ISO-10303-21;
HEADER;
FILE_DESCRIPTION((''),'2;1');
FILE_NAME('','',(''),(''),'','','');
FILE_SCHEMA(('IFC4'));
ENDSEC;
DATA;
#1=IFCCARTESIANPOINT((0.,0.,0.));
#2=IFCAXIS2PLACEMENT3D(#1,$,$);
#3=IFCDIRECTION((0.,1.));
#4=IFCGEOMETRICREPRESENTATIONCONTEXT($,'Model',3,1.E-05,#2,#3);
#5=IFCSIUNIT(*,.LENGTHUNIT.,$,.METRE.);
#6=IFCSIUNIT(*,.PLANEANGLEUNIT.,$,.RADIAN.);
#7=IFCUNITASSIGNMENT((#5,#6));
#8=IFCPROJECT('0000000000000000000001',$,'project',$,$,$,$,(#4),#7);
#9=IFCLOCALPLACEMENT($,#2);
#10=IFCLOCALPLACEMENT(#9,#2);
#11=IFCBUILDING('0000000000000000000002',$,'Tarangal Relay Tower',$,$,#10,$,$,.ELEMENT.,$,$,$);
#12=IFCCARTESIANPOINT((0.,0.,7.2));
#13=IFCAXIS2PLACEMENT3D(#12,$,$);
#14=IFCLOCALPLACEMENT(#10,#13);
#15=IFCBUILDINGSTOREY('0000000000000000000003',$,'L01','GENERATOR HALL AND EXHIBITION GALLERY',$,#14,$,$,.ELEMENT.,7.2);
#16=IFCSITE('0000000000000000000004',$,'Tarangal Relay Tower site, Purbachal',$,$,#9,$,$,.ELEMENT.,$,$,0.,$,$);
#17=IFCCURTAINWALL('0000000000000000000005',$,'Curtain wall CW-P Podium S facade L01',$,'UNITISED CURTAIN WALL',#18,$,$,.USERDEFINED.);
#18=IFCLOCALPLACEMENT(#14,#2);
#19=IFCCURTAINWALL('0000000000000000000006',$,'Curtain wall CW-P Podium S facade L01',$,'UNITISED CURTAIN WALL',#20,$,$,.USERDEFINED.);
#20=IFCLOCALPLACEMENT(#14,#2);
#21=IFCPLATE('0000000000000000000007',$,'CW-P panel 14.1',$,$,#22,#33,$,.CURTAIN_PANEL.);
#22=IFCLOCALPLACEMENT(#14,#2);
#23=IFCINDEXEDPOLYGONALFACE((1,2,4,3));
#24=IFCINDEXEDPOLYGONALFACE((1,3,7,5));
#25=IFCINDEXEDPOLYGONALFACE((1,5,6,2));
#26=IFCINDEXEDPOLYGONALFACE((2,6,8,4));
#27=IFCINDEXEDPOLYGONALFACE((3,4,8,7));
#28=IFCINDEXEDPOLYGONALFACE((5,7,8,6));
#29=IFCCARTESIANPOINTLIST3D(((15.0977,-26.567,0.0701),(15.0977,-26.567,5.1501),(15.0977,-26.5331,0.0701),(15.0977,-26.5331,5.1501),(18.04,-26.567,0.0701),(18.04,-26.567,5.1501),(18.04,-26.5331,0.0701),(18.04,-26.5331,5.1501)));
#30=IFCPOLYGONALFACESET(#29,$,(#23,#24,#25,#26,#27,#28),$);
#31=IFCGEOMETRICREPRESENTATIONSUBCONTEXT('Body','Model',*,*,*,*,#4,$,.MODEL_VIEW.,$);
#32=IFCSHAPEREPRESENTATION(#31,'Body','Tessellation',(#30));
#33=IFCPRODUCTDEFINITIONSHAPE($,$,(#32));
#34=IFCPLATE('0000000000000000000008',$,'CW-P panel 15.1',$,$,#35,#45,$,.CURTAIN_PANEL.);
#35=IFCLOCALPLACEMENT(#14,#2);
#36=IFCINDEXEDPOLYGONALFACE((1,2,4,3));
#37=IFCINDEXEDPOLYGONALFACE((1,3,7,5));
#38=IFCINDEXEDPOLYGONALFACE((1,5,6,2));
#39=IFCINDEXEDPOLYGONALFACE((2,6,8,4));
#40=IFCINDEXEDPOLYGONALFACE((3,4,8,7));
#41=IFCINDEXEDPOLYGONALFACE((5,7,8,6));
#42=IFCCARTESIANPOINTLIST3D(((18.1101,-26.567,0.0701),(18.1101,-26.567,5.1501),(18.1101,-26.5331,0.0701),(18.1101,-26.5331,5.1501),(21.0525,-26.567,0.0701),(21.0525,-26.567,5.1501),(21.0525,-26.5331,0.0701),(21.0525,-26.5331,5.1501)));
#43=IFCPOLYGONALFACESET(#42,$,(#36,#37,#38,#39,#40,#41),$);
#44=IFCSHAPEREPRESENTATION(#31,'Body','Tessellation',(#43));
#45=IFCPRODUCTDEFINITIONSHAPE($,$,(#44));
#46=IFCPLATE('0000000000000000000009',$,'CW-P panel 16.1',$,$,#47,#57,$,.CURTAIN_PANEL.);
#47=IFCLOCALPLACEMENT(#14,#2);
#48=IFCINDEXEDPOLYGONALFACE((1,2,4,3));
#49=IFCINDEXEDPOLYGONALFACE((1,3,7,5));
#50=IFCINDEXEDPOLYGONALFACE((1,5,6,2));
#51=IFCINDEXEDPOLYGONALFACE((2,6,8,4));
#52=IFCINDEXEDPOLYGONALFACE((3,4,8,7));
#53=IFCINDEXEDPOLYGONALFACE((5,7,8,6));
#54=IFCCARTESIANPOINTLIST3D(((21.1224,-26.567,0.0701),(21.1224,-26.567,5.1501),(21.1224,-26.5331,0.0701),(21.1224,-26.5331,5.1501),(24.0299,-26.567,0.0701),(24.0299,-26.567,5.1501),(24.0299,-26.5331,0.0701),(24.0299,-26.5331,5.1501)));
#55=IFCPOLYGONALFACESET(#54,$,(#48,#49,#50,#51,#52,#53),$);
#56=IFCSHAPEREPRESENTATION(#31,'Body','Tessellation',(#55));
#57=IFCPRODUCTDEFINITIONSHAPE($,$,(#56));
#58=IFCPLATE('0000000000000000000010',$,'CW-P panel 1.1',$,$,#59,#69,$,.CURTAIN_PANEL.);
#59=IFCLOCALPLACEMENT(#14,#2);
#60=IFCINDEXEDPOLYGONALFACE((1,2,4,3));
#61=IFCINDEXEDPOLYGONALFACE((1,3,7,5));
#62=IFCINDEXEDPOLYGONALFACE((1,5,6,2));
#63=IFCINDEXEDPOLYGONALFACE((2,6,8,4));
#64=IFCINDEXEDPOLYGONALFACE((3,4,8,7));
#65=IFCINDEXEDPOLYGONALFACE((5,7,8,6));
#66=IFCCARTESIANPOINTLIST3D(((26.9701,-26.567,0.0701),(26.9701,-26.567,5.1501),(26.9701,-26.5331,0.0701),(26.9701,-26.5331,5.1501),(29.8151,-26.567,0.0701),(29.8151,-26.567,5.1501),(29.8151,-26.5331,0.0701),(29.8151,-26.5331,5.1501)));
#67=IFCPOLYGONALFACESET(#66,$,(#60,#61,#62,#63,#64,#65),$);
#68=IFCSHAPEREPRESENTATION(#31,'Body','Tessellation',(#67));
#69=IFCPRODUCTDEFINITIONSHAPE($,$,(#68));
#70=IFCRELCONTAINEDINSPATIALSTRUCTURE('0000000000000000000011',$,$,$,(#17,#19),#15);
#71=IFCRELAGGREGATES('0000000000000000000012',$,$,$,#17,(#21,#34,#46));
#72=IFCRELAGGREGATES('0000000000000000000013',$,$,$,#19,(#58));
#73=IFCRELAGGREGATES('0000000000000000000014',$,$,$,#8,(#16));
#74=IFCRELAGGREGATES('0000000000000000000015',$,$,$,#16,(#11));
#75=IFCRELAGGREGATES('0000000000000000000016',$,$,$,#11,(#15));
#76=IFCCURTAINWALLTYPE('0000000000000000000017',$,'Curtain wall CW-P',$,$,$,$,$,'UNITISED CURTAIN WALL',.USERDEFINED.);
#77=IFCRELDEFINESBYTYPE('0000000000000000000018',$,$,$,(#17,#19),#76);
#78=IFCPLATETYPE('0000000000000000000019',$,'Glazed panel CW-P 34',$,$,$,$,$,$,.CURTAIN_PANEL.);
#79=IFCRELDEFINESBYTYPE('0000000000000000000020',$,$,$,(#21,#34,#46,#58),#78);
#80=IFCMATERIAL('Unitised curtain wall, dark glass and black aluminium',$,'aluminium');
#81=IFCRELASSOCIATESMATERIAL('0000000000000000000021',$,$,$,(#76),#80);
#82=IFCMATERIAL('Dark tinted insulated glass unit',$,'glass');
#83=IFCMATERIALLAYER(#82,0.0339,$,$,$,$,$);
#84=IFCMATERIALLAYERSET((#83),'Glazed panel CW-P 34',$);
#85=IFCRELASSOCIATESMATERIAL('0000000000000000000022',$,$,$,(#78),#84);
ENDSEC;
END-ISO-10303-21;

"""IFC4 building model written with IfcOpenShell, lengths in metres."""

from ifc_helpers import new_model, si_unit, direction, frame, origin, origin_2d, place, context, subcontext, project, spatial, rectangle, extrude, material, layer, layer_set, type_object, element, aggregate, save


model = new_model("IFC4")

# Units and contexts
model_context = context("Model", 3, precision=1e-05, world=origin(), true_north=direction((0.0, 1.0)))
body_context = subcontext(model_context, "Body", "Model", "MODEL_VIEW")
ifc_project = project(units=[si_unit("LENGTHUNIT", "METRE"), si_unit("PLANEANGLEUNIT", "RADIAN")], contexts=[model_context])

# Site, building, storey
site_placement = place(None, origin())
site = spatial("IfcSite", under=ifc_project, at=site_placement, Name="Tarangal Relay Tower site, Purbachal", CompositionType="ELEMENT", RefElevation=0.0)
building_placement = place(site_placement, origin())
building = spatial("IfcBuilding", under=site, at=building_placement, Name="Tarangal Relay Tower", CompositionType="ELEMENT")
storey_placement = place(building_placement, frame((0.0, 0.0, 7.2)))
storey = spatial("IfcBuildingStorey", under=building, at=storey_placement, Name="L01", Description="GENERATOR HALL AND EXHIBITION GALLERY", CompositionType="ELEMENT", Elevation=7.2)

# Curtain walls
ifc_material_1 = material(Name="Unitised curtain wall, dark glass and black aluminium", Category="aluminium")
curtain_wall_type = type_object("IfcCurtainWallType", Name="Curtain wall CW-P", ElementType="UNITISED CURTAIN WALL", PredefinedType="USERDEFINED", material=ifc_material_1)
curtain_wall_1_placement = place(storey_placement, origin())
curtain_wall_1 = element("IfcCurtainWall", 1, at=curtain_wall_1_placement, inside=storey, type_object=curtain_wall_type, Name="Curtain wall CW-P Podium S facade L01", ObjectType="UNITISED CURTAIN WALL", PredefinedType="USERDEFINED")
curtain_wall_2_placement = place(storey_placement, origin())
curtain_wall_2 = element("IfcCurtainWall", 2, at=curtain_wall_2_placement, inside=storey, type_object=curtain_wall_type, Name="Curtain wall CW-P Podium S facade L01", ObjectType="UNITISED CURTAIN WALL", PredefinedType="USERDEFINED")

# Plates
ifc_material_2 = material(Name="Dark tinted insulated glass unit", Category="glass")
ifc_layer = layer(ifc_material_2, 0.0339)
ifc_layer_set = layer_set([ifc_layer], Name="Glazed panel CW-P 34")
plate_type = type_object("IfcPlateType", Name="Glazed panel CW-P 34", PredefinedType="CURTAIN_PANEL", material=ifc_layer_set)
plate_1_placement = place(storey_placement, frame((16.5688, -26.55, 0.0701), z_axis=(0.0, 0.0, 1.0), x_axis=(1.0, 0.0, 0.0)))
plate_1 = element("IfcPlate", 3, at=plate_1_placement, type_object=plate_type, Name="CW-P panel 14.1", PredefinedType="CURTAIN_PANEL", context=body_context, shape_type="SweptSolid", body=[
    extrude(rectangle(XDim=2.9424, YDim=0.0339, at=origin_2d()), origin(), (0.0, 0.0, 1.0), 5.0801),
])
plate_2_placement = place(storey_placement, frame((19.5813, -26.55, 0.0701), z_axis=(0.0, 0.0, 1.0), x_axis=(1.0, 0.0, 0.0)))
plate_2 = element("IfcPlate", 4, at=plate_2_placement, type_object=plate_type, Name="CW-P panel 15.1", PredefinedType="CURTAIN_PANEL", context=body_context, shape_type="SweptSolid", body=[
    extrude(rectangle(XDim=2.9424, YDim=0.0339, at=origin_2d()), origin(), (0.0, 0.0, 1.0), 5.0801),
])
plate_3_placement = place(storey_placement, frame((22.5762, -26.55, 0.0701), z_axis=(0.0, 0.0, 1.0), x_axis=(1.0, 0.0, 0.0)))
plate_3 = element("IfcPlate", 5, at=plate_3_placement, type_object=plate_type, Name="CW-P panel 16.1", PredefinedType="CURTAIN_PANEL", context=body_context, shape_type="SweptSolid", body=[
    extrude(rectangle(XDim=2.9075, YDim=0.0339, at=origin_2d()), origin(), (0.0, 0.0, 1.0), 5.0801),
])
aggregate(curtain_wall_1, [plate_1, plate_2, plate_3])
plate_4_placement = place(storey_placement, frame((28.3926, -26.55, 0.0701), z_axis=(0.0, 0.0, 1.0), x_axis=(1.0, 0.0, 0.0)))
plate_4 = element("IfcPlate", 6, at=plate_4_placement, type_object=plate_type, Name="CW-P panel 1.1", PredefinedType="CURTAIN_PANEL", context=body_context, shape_type="SweptSolid", body=[
    extrude(rectangle(XDim=2.845, YDim=0.0339, at=origin_2d()), origin(), (0.0, 0.0, 1.0), 5.0801),
])
aggregate(curtain_wall_2, [plate_4])

save(model, "model.ifc")
